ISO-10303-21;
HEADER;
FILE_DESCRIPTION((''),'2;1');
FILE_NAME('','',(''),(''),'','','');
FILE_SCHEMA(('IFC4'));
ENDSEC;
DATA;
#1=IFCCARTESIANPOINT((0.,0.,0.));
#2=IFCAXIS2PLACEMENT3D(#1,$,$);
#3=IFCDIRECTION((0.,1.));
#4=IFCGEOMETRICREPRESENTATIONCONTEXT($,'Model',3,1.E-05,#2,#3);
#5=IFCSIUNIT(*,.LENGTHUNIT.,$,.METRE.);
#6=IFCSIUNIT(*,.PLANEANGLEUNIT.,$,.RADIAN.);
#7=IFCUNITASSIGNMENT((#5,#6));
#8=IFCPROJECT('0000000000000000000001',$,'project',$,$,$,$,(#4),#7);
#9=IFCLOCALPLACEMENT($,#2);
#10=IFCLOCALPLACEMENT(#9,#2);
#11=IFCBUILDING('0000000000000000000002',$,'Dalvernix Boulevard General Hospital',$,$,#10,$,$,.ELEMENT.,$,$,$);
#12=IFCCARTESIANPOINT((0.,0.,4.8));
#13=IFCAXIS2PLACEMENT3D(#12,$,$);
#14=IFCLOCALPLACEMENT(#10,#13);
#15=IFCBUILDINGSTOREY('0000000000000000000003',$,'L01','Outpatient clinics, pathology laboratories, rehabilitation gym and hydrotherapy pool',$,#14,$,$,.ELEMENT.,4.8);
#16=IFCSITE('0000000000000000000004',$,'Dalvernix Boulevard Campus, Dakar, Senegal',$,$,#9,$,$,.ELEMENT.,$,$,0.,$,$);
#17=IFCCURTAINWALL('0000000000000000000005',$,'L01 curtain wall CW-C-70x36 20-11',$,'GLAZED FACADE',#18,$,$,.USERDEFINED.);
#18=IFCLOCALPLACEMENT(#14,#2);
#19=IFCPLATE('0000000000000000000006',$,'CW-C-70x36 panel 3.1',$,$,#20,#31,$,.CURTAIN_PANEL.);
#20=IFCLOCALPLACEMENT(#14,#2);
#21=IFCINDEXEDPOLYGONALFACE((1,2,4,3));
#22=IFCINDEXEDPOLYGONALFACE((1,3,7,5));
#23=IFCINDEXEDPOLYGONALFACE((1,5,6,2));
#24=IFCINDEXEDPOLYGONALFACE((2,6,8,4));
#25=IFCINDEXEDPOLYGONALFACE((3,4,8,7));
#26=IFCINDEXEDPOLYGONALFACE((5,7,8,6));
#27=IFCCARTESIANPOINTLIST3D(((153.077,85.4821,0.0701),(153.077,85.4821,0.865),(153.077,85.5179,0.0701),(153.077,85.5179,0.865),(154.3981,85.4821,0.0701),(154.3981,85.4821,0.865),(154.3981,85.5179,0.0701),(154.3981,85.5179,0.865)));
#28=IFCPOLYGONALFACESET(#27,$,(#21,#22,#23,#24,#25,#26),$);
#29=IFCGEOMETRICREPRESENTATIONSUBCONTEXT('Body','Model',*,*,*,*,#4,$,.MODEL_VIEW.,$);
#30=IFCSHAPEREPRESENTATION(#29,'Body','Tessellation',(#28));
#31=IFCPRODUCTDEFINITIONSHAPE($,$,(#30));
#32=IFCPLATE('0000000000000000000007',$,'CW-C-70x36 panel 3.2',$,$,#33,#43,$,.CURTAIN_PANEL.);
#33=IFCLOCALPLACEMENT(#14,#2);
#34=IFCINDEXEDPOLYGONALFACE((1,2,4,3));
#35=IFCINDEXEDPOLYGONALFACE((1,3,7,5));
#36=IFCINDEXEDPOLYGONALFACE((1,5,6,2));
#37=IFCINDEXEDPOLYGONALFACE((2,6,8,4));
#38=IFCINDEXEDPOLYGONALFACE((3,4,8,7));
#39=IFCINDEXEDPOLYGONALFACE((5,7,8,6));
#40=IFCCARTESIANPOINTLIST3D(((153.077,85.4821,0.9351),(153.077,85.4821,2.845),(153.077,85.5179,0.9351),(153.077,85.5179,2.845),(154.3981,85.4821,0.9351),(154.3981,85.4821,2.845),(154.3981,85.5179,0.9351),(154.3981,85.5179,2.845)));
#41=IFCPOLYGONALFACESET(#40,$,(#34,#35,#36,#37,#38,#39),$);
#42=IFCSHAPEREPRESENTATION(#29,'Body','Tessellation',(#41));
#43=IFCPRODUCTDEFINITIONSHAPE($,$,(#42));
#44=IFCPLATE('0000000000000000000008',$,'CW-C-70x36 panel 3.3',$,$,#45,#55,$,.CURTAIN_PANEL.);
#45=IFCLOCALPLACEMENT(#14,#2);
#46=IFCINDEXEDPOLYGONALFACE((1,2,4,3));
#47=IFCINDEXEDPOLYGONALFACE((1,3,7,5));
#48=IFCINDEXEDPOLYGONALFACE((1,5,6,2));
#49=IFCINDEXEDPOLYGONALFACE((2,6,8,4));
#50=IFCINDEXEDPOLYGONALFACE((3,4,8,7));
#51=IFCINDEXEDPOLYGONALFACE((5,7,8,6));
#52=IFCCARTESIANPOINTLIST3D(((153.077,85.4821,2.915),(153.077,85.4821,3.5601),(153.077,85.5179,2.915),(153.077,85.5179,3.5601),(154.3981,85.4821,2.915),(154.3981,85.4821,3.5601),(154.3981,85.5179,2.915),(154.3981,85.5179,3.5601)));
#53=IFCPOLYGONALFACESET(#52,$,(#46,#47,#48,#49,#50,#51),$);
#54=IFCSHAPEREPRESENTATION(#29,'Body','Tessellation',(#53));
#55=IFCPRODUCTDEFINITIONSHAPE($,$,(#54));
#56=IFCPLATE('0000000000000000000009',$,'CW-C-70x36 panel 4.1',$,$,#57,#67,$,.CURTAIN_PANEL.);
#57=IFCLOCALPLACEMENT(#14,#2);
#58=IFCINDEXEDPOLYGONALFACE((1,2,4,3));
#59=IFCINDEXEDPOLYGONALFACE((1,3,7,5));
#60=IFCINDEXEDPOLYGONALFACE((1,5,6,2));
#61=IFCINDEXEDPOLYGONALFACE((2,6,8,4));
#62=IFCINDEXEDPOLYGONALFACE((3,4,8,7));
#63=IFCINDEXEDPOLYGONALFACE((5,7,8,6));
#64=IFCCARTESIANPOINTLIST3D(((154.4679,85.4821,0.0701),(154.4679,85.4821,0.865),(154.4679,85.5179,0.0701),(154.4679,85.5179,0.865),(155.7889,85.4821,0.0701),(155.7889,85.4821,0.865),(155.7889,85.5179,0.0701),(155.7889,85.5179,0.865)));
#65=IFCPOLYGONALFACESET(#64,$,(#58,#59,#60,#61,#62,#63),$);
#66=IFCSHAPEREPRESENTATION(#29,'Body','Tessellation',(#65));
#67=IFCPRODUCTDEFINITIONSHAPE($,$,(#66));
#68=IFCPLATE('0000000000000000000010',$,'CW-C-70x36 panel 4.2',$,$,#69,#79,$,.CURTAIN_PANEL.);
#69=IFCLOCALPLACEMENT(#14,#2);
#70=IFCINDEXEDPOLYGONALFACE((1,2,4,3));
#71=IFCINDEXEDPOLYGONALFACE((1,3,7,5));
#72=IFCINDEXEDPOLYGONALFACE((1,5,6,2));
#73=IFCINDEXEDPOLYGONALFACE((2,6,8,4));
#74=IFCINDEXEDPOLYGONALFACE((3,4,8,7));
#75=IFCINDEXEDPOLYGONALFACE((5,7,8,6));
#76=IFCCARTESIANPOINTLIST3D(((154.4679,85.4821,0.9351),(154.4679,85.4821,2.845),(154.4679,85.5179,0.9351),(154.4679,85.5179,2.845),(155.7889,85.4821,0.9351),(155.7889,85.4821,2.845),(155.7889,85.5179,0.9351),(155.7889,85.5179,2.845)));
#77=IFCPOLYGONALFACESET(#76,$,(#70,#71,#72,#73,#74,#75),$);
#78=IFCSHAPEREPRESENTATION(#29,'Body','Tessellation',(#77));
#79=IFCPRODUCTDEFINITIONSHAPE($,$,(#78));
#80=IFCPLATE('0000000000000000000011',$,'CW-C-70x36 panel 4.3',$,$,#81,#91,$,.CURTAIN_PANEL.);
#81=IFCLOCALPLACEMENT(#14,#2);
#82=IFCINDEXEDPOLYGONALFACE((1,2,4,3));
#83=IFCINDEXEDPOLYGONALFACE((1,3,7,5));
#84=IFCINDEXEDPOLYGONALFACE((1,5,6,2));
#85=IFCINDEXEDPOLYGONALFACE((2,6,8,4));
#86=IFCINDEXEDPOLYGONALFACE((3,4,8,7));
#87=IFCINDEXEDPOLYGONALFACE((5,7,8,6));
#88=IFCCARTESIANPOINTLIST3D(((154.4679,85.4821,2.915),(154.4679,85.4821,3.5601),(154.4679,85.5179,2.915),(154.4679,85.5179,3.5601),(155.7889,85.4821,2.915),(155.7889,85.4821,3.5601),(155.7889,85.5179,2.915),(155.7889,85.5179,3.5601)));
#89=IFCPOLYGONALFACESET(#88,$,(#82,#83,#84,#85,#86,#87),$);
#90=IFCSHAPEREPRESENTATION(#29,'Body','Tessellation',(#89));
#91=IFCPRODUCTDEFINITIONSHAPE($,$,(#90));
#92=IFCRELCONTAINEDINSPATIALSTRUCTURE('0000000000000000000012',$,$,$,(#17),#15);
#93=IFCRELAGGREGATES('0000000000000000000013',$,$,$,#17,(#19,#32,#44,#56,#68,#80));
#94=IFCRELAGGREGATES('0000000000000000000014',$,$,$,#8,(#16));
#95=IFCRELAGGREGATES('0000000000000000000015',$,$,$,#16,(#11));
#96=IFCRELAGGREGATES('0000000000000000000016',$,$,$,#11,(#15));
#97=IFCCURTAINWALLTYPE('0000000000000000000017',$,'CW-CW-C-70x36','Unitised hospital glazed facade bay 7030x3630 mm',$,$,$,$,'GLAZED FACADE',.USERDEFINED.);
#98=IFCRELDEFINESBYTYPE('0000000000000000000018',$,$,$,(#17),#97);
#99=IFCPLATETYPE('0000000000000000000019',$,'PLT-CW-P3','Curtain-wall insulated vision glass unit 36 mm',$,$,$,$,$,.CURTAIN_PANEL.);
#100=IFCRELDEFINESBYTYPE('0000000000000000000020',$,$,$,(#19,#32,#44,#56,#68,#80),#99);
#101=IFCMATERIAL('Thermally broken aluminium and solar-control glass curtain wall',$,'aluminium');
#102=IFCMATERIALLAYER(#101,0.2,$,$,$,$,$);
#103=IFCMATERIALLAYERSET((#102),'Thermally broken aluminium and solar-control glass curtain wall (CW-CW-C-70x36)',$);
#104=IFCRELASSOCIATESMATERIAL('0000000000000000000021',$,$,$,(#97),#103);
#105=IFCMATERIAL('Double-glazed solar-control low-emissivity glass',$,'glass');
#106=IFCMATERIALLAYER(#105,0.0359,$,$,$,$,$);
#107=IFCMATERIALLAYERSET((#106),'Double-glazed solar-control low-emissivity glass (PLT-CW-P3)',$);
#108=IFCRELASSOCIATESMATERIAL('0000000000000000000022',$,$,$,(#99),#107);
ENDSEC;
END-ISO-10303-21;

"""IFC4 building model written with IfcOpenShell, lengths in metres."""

from ifc_helpers import new_model, si_unit, direction, frame, origin, origin_2d, place, context, subcontext, project, spatial, rectangle, extrude, material, layer, layer_set, type_object, element, aggregate, save


model = new_model("IFC4")

# Units and contexts
model_context = context("Model", 3, precision=1e-05, world=origin(), true_north=direction((0.0, 1.0)))
body_context = subcontext(model_context, "Body", "Model", "MODEL_VIEW")
ifc_project = project(units=[si_unit("LENGTHUNIT", "METRE"), si_unit("PLANEANGLEUNIT", "RADIAN")], contexts=[model_context])

# Site, building, storey
site_placement = place(None, origin())
site = spatial("IfcSite", under=ifc_project, at=site_placement, Name="Dalvernix Boulevard Campus, Dakar, Senegal", CompositionType="ELEMENT", RefElevation=0.0)
building_placement = place(site_placement, origin())
building = spatial("IfcBuilding", under=site, at=building_placement, Name="Dalvernix Boulevard General Hospital", CompositionType="ELEMENT")
storey_placement = place(building_placement, frame((0.0, 0.0, 4.8)))
storey = spatial("IfcBuildingStorey", under=building, at=storey_placement, Name="L01", Description="Outpatient clinics, pathology laboratories, rehabilitation gym and hydrotherapy pool", CompositionType="ELEMENT", Elevation=4.8)

# Curtain wall, plates
ifc_material_1 = material(Name="Thermally broken aluminium and solar-control glass curtain wall", Category="aluminium")
ifc_layer_1 = layer(ifc_material_1, 0.2)
ifc_layer_set_1 = layer_set([ifc_layer_1], Name="Thermally broken aluminium and solar-control glass curtain wall (CW-CW-C-70x36)")
curtain_wall_type = type_object("IfcCurtainWallType", Name="CW-CW-C-70x36", Description="Unitised hospital glazed facade bay 7030x3630 mm", ElementType="GLAZED FACADE", PredefinedType="USERDEFINED", material=ifc_layer_set_1)
curtain_wall_placement = place(storey_placement, origin())
curtain_wall = element("IfcCurtainWall", 1, at=curtain_wall_placement, inside=storey, type_object=curtain_wall_type, Name="L01 curtain wall CW-C-70x36 20-11", ObjectType="GLAZED FACADE", PredefinedType="USERDEFINED")
ifc_material_2 = material(Name="Double-glazed solar-control low-emissivity glass", Category="glass")
ifc_layer_2 = layer(ifc_material_2, 0.0359)
ifc_layer_set_2 = layer_set([ifc_layer_2], Name="Double-glazed solar-control low-emissivity glass (PLT-CW-P3)")
plate_type = type_object("IfcPlateType", Name="PLT-CW-P3", Description="Curtain-wall insulated vision glass unit 36 mm", PredefinedType="CURTAIN_PANEL", material=ifc_layer_set_2)
plate_1_placement = place(storey_placement, frame((153.7375, 85.5, 0.0701), z_axis=(0.0, 0.0, 1.0), x_axis=(1.0, 0.0, 0.0)))
plate_1 = element("IfcPlate", 2, at=plate_1_placement, type_object=plate_type, Name="CW-C-70x36 panel 3.1", PredefinedType="CURTAIN_PANEL", context=body_context, shape_type="SweptSolid", body=[
    extrude(rectangle(XDim=1.321, YDim=0.0359, at=origin_2d()), origin(), (0.0, 0.0, 1.0), 0.7949),
])
plate_2_placement = place(storey_placement, frame((153.7375, 85.5, 0.9351), z_axis=(0.0, 0.0, 1.0), x_axis=(1.0, 0.0, 0.0)))
plate_2 = element("IfcPlate", 3, at=plate_2_placement, type_object=plate_type, Name="CW-C-70x36 panel 3.2", PredefinedType="CURTAIN_PANEL", context=body_context, shape_type="SweptSolid", body=[
    extrude(rectangle(XDim=1.321, YDim=0.0359, at=origin_2d()), origin(), (0.0, 0.0, 1.0), 1.9099),
])
plate_3_placement = place(storey_placement, frame((153.7375, 85.5, 2.915), z_axis=(0.0, 0.0, 1.0), x_axis=(1.0, 0.0, 0.0)))
plate_3 = element("IfcPlate", 4, at=plate_3_placement, type_object=plate_type, Name="CW-C-70x36 panel 3.3", PredefinedType="CURTAIN_PANEL", context=body_context, shape_type="SweptSolid", body=[
    extrude(rectangle(XDim=1.321, YDim=0.0359, at=origin_2d()), origin(), (0.0, 0.0, 1.0), 0.645),
])
plate_4_placement = place(storey_placement, frame((155.1284, 85.5, 0.0701), z_axis=(0.0, 0.0, 1.0), x_axis=(1.0, 0.0, 0.0)))
plate_4 = element("IfcPlate", 5, at=plate_4_placement, type_object=plate_type, Name="CW-C-70x36 panel 4.1", PredefinedType="CURTAIN_PANEL", context=body_context, shape_type="SweptSolid", body=[
    extrude(rectangle(XDim=1.321, YDim=0.0359, at=origin_2d()), origin(), (0.0, 0.0, 1.0), 0.7949),
])
plate_5_placement = place(storey_placement, frame((155.1284, 85.5, 0.9351), z_axis=(0.0, 0.0, 1.0), x_axis=(1.0, 0.0, 0.0)))
plate_5 = element("IfcPlate", 6, at=plate_5_placement, type_object=plate_type, Name="CW-C-70x36 panel 4.2", PredefinedType="CURTAIN_PANEL", context=body_context, shape_type="SweptSolid", body=[
    extrude(rectangle(XDim=1.321, YDim=0.0359, at=origin_2d()), origin(), (0.0, 0.0, 1.0), 1.9099),
])
plate_6_placement = place(storey_placement, frame((155.1284, 85.5, 2.915), z_axis=(0.0, 0.0, 1.0), x_axis=(1.0, 0.0, 0.0)))
plate_6 = element("IfcPlate", 7, at=plate_6_placement, type_object=plate_type, Name="CW-C-70x36 panel 4.3", PredefinedType="CURTAIN_PANEL", context=body_context, shape_type="SweptSolid", body=[
    extrude(rectangle(XDim=1.321, YDim=0.0359, at=origin_2d()), origin(), (0.0, 0.0, 1.0), 0.645),
])
aggregate(curtain_wall, [plate_1, plate_2, plate_3, plate_4, plate_5, plate_6])

save(model, "model.ifc")
